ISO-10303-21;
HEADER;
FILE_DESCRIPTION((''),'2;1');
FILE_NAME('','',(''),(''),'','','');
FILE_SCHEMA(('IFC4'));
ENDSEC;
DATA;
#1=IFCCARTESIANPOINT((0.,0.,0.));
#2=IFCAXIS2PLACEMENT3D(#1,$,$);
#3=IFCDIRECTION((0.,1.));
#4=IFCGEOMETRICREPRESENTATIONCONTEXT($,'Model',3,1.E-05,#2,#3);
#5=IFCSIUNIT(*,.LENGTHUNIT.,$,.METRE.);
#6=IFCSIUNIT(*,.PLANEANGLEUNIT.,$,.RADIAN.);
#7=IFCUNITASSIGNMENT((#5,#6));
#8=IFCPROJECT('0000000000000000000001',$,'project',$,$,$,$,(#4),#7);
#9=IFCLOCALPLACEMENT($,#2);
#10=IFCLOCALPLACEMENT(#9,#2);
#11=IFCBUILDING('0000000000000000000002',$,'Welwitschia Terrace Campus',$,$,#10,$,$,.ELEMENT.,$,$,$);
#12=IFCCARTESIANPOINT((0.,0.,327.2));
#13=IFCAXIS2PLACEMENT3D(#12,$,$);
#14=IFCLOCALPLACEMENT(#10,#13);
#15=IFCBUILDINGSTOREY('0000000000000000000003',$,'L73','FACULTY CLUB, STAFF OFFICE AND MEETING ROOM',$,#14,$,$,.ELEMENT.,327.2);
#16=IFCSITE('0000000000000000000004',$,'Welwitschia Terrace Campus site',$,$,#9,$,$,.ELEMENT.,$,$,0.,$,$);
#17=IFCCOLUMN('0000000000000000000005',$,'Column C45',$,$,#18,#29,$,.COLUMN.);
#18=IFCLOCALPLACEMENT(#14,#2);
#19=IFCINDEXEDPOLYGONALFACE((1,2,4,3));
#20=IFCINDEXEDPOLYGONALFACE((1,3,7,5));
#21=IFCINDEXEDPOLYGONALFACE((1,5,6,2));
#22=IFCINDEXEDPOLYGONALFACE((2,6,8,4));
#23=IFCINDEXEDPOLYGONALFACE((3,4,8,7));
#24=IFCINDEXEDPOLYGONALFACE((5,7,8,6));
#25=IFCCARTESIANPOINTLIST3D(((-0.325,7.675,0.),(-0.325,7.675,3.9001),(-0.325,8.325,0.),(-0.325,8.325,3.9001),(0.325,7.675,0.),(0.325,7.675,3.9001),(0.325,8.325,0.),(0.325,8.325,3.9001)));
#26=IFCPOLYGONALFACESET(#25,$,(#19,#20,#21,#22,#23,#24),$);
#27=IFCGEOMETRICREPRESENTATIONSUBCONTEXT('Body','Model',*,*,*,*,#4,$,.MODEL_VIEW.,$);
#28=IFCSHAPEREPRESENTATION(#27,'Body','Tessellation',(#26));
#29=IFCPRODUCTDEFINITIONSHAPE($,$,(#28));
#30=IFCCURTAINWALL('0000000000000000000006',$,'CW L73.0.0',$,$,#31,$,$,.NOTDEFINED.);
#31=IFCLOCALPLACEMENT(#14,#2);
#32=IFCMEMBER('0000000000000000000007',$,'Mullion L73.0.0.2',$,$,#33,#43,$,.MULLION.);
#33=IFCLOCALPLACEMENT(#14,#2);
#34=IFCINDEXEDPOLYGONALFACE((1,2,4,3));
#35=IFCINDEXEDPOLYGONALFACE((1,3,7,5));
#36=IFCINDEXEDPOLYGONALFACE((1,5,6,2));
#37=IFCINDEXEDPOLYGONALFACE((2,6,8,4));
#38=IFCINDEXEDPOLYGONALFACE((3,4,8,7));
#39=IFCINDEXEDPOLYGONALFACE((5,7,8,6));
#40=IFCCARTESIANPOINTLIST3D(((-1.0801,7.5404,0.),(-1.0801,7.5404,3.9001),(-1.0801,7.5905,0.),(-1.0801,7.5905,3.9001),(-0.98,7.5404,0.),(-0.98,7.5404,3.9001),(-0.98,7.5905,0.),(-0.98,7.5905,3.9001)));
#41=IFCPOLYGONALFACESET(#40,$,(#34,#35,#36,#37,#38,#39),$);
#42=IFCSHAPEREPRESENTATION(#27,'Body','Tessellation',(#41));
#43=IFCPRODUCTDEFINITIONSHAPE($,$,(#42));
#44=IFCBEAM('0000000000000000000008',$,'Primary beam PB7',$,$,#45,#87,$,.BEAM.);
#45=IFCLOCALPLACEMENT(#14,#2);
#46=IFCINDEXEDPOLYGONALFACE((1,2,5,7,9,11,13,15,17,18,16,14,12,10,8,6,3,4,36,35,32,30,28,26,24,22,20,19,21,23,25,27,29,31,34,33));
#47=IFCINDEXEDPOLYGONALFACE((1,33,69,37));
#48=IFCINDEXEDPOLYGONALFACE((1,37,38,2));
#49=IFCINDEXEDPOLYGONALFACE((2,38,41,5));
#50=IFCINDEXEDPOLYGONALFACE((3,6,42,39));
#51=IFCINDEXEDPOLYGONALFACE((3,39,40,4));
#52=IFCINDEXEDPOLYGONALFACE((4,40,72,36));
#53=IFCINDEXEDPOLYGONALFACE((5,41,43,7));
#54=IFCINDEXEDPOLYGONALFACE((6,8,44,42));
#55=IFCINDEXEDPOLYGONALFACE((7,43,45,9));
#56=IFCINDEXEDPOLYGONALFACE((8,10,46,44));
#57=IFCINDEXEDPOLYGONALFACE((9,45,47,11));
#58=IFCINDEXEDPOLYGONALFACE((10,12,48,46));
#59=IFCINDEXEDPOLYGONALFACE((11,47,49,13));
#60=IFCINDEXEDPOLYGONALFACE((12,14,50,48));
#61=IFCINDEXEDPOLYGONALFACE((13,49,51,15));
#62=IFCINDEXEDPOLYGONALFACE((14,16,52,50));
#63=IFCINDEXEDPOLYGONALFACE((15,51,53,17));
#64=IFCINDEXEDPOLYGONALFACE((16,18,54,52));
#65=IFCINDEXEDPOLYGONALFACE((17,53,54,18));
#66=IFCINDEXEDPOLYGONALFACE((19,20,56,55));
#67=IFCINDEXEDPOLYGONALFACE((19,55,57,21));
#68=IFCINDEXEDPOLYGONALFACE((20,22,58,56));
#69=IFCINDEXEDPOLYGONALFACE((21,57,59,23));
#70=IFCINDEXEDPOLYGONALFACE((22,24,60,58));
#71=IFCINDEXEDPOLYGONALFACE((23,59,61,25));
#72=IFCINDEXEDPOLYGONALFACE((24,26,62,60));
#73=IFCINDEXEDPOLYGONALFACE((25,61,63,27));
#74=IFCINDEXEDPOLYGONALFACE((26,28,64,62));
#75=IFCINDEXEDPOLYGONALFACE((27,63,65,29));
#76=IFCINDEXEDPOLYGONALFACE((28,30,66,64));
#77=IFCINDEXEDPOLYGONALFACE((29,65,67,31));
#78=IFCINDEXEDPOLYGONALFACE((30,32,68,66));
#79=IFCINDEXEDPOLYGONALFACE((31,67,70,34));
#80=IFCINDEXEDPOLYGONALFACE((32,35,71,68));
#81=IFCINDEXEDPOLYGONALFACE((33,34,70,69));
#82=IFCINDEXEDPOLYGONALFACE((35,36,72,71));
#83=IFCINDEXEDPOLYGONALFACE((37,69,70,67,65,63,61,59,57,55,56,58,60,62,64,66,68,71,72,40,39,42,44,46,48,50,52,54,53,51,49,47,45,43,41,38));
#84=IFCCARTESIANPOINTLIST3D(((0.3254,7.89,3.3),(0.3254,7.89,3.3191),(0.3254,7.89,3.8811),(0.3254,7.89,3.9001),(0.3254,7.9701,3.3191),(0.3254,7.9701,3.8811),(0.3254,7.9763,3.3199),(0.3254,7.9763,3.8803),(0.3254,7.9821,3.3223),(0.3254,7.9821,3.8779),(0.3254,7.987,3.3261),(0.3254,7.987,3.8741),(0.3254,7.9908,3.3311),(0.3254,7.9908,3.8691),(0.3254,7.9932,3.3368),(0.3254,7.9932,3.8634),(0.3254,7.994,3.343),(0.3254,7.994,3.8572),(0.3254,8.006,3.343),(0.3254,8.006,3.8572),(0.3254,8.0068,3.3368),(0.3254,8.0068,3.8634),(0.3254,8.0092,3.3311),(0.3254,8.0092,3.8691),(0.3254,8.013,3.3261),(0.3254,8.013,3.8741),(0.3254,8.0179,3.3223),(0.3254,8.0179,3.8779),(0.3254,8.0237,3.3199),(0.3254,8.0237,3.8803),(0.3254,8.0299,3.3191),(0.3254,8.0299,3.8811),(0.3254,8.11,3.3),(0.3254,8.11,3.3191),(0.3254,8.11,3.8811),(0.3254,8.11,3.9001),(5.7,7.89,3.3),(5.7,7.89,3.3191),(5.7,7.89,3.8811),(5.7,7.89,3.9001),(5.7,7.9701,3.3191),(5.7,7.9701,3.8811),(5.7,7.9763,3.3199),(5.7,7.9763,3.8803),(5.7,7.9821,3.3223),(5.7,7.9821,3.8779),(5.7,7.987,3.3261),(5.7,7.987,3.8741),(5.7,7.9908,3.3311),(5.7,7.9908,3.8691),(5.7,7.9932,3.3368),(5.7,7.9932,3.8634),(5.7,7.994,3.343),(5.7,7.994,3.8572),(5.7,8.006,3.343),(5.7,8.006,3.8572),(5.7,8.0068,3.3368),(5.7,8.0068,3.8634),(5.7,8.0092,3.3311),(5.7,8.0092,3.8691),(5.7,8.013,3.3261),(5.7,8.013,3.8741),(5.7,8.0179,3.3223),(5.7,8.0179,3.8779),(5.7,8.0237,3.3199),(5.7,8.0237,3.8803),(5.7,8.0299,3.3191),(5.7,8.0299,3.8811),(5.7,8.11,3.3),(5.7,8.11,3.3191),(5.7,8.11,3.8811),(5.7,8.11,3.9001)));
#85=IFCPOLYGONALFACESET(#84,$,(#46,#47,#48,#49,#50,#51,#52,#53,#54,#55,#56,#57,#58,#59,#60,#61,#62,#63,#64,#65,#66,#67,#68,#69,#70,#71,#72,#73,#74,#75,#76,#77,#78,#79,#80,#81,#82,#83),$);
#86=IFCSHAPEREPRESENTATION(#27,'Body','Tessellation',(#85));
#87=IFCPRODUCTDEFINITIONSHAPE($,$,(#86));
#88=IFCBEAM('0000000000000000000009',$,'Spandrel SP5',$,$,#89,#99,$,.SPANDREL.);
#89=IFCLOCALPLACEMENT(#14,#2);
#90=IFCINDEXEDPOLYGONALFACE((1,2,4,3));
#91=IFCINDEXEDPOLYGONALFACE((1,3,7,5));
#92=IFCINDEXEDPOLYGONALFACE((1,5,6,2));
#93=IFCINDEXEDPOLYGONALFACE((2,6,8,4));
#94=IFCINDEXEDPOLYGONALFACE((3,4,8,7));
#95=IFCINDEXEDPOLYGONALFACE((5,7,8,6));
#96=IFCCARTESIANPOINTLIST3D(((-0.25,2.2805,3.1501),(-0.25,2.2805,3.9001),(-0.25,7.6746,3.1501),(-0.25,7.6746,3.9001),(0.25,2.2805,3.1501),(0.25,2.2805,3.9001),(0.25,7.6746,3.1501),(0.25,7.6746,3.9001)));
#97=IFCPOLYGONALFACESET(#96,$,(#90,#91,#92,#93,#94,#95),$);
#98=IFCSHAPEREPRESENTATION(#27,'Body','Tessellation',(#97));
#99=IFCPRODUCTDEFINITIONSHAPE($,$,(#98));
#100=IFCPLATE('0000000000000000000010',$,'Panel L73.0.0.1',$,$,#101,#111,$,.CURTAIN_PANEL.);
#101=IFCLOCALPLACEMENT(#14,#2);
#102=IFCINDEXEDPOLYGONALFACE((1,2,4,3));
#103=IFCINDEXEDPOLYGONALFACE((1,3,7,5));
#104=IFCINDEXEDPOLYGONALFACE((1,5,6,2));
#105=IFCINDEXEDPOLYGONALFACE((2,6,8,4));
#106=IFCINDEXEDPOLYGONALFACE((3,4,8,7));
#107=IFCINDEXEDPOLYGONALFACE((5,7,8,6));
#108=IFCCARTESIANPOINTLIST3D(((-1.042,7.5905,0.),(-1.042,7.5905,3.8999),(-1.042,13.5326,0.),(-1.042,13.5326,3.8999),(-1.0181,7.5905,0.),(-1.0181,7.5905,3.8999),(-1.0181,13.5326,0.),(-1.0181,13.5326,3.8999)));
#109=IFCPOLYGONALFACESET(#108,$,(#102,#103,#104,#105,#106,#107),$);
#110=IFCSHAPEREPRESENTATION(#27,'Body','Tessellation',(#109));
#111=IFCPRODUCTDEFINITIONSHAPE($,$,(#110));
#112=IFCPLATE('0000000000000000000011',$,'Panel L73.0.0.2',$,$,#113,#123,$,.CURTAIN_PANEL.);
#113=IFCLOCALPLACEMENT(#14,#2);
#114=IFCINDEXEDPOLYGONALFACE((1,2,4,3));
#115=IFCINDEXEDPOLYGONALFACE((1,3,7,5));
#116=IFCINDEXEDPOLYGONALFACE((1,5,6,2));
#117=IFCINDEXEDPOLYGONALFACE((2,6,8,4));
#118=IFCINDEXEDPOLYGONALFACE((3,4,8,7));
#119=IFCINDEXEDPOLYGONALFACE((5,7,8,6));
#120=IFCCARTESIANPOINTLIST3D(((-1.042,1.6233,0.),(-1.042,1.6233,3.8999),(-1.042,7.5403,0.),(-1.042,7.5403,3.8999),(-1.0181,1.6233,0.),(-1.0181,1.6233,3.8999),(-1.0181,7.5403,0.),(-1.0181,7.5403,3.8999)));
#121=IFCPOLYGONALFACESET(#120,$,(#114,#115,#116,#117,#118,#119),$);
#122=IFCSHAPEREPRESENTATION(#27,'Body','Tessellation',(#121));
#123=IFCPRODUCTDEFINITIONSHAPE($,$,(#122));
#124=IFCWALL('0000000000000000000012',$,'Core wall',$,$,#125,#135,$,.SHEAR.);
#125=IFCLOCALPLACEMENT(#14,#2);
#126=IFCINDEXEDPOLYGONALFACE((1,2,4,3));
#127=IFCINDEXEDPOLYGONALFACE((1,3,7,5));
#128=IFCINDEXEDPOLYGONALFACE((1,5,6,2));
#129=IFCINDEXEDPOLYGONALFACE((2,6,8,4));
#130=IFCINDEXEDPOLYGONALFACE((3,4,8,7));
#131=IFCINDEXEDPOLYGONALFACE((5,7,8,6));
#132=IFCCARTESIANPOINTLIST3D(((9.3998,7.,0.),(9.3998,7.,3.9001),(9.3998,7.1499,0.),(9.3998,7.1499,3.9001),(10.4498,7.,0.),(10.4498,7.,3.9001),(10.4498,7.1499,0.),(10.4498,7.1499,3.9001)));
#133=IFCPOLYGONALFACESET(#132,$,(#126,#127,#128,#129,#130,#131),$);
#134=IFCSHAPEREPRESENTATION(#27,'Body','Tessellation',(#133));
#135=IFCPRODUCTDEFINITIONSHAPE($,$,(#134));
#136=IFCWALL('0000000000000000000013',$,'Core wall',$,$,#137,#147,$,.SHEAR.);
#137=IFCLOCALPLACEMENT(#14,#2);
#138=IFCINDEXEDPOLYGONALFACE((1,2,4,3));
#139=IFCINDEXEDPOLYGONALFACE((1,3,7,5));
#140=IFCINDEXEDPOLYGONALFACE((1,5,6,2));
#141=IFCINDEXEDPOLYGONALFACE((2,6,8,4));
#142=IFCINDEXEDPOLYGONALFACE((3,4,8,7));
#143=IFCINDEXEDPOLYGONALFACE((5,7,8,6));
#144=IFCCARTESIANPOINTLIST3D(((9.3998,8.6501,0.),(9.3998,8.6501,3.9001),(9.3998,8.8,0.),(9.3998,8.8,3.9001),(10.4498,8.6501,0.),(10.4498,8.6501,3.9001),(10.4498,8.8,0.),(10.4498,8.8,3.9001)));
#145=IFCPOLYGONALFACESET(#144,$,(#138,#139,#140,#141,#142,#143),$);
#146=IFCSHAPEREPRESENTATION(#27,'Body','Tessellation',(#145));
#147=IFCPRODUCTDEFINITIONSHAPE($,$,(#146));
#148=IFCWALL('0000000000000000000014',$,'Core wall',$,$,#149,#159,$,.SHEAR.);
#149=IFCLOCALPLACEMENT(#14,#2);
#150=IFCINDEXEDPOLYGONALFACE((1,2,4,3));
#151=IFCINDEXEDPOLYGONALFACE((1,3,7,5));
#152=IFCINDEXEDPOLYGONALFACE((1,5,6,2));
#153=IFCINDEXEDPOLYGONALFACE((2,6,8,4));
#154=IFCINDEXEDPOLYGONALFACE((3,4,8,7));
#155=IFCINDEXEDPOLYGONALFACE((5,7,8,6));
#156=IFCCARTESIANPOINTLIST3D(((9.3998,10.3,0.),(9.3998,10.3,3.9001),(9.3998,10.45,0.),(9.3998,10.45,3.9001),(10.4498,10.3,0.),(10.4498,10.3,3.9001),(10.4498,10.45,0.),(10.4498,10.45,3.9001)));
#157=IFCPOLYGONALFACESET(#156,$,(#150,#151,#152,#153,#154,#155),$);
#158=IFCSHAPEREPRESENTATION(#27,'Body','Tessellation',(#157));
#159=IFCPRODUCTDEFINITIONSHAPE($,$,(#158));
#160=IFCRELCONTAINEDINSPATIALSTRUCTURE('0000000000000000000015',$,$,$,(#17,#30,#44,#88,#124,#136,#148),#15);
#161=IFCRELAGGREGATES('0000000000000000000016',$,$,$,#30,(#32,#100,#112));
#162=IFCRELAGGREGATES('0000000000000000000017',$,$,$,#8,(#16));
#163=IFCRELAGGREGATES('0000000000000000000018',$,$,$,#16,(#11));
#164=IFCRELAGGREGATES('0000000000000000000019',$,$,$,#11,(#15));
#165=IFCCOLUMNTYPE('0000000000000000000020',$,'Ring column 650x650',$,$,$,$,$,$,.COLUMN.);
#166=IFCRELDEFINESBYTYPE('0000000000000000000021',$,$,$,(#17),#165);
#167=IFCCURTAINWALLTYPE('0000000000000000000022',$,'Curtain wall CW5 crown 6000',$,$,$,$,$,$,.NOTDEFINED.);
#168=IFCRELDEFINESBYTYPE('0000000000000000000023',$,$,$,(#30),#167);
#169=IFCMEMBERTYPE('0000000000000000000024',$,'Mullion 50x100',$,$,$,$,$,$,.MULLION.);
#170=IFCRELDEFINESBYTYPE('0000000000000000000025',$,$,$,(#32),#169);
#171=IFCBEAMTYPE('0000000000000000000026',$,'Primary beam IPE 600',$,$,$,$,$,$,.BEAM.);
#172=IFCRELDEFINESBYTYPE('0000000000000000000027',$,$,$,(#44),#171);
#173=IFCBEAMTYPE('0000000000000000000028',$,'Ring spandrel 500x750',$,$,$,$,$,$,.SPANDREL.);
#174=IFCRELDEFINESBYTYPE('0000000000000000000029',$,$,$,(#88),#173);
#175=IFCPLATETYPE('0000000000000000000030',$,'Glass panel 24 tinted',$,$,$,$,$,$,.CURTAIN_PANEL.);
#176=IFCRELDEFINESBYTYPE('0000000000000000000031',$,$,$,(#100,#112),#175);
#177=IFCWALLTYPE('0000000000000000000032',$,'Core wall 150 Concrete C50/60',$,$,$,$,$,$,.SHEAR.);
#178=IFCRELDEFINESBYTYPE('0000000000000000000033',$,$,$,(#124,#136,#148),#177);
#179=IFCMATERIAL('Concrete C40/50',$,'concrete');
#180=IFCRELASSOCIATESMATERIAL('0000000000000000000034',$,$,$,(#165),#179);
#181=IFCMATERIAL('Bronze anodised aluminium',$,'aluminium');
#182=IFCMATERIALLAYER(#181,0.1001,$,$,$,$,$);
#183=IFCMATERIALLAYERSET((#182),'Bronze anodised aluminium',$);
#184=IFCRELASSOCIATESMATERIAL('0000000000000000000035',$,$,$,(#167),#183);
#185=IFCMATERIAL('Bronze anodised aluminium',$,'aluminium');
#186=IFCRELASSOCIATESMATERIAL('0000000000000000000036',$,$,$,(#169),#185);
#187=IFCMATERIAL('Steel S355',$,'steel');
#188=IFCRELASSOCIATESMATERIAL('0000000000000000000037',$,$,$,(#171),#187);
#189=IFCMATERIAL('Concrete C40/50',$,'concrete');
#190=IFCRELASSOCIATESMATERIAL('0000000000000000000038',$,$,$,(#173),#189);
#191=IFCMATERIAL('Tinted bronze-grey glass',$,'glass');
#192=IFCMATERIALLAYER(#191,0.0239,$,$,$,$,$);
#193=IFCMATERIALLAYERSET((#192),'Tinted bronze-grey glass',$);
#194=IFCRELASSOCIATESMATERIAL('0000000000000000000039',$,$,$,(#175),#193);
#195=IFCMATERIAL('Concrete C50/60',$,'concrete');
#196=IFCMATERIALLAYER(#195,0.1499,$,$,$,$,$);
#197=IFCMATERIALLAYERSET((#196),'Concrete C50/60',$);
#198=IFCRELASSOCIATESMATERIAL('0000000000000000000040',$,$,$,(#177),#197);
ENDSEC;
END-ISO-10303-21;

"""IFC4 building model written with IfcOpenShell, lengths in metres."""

from ifc_helpers import new_model, si_unit, direction, frame, frame_2d, origin, origin_2d, place, context, subcontext, project, spatial, rectangle, i_section, extrude, material, layer, layer_set, material_profile, profile_set, type_object, element, aggregate, save


model = new_model("IFC4")

# Units and contexts
model_context = context("Model", 3, precision=1e-05, world=origin(), true_north=direction((0.0, 1.0)))
body_context = subcontext(model_context, "Body", "Model", "MODEL_VIEW")
ifc_project = project(units=[si_unit("LENGTHUNIT", "METRE"), si_unit("PLANEANGLEUNIT", "RADIAN")], contexts=[model_context])

# Site, building, storey
site_placement = place(None, origin())
site = spatial("IfcSite", under=ifc_project, at=site_placement, Name="Welwitschia Terrace Campus site", CompositionType="ELEMENT", RefElevation=0.0)
building_placement = place(site_placement, origin())
building = spatial("IfcBuilding", under=site, at=building_placement, Name="Welwitschia Terrace Campus", CompositionType="ELEMENT")
storey_placement = place(building_placement, frame((0.0, 0.0, 327.2)))
storey = spatial("IfcBuildingStorey", under=building, at=storey_placement, Name="L73", Description="FACULTY CLUB, STAFF OFFICE AND MEETING ROOM", CompositionType="ELEMENT", Elevation=327.2)

# Column
ifc_material_1 = material(Name="Concrete C40/50", Category="concrete")
ifc_material_profile_1 = material_profile(ifc_material_1, rectangle(XDim=0.6499, YDim=0.6499, at=origin_2d()))
ifc_profile_set_1 = profile_set([ifc_material_profile_1], Name="Concrete C40/50")
column_type = type_object("IfcColumnType", Name="Ring column 650x650", PredefinedType="COLUMN", material=ifc_profile_set_1)
column_placement = place(storey_placement, frame((0.0, 8.0, 0.0), z_axis=(0.0, 0.0, 1.0), x_axis=(1.0, 0.0, 0.0)))
element("IfcColumn", 1, at=column_placement, inside=storey, type_object=column_type, Name="Column C45", PredefinedType="COLUMN", context=body_context, shape_type="SweptSolid", body=[
    extrude(rectangle(XDim=0.6499, YDim=0.6499, at=origin_2d()), origin(), (0.0, 0.0, 1.0), 3.9001),
])

# Curtain wall, member
ifc_material_2 = material(Name="Bronze anodised aluminium", Category="aluminium")
ifc_layer_1 = layer(ifc_material_2, 0.1001)
ifc_layer_set_1 = layer_set([ifc_layer_1], Name="Bronze anodised aluminium")
curtain_wall_type = type_object("IfcCurtainWallType", Name="Curtain wall CW5 crown 6000", PredefinedType="NOTDEFINED", material=ifc_layer_set_1)
curtain_wall_placement = place(storey_placement, origin())
curtain_wall = element("IfcCurtainWall", 2, at=curtain_wall_placement, inside=storey, type_object=curtain_wall_type, Name="CW L73.0.0", PredefinedType="NOTDEFINED")
ifc_material_3 = material(Name="Bronze anodised aluminium", Category="aluminium")
ifc_material_profile_2 = material_profile(ifc_material_3, rectangle(XDim=0.1001, YDim=0.05, at=origin_2d()))
ifc_profile_set_2 = profile_set([ifc_material_profile_2], Name="Bronze anodised aluminium")
member_type = type_object("IfcMemberType", Name="Mullion 50x100", PredefinedType="MULLION", material=ifc_profile_set_2)
member_placement = place(storey_placement, frame((-1.03, 7.5654, 0.0), z_axis=(0.0, 0.0, 1.0), x_axis=(1.0, 0.0, 0.0)))
member = element("IfcMember", 3, at=member_placement, type_object=member_type, Name="Mullion L73.0.0.2", PredefinedType="MULLION", context=body_context, shape_type="SweptSolid", body=[
    extrude(rectangle(XDim=0.1001, YDim=0.05, at=origin_2d()), origin(), (0.0, 0.0, 1.0), 3.9001),
])

# Beams
ifc_material_4 = material(Name="Steel S355", Category="steel")
ifc_material_profile_3 = material_profile(ifc_material_4, i_section(OverallWidth=0.22, OverallDepth=0.6001, WebThickness=0.012, FlangeThickness=0.019, FilletRadius=0.0239, at=origin_2d()))
ifc_profile_set_3 = profile_set([ifc_material_profile_3], Name="Steel S355")
beam_type_1 = type_object("IfcBeamType", Name="Primary beam IPE 600", PredefinedType="BEAM", material=ifc_profile_set_3)
beam_1_placement = place(storey_placement, frame((0.3254, 8.0, 3.6001), z_axis=(1.0, 0.0, 0.0), x_axis=(0.0, 1.0, 0.0)))
element("IfcBeam", 4, at=beam_1_placement, inside=storey, type_object=beam_type_1, Name="Primary beam PB7", PredefinedType="BEAM", context=body_context, shape_type="SweptSolid", body=[
    extrude(i_section(OverallWidth=0.22, OverallDepth=0.6001, WebThickness=0.012, FlangeThickness=0.019, FilletRadius=0.0239, at=origin_2d()), origin(), (0.0, 0.0, 1.0), 5.3745),
])
ifc_material_5 = material(Name="Concrete C40/50", Category="concrete")
ifc_material_profile_4 = material_profile(ifc_material_5, rectangle(XDim=0.5, YDim=0.75, at=origin_2d()))
ifc_profile_set_4 = profile_set([ifc_material_profile_4], Name="Concrete C40/50")
beam_type_2 = type_object("IfcBeamType", Name="Ring spandrel 500x750", PredefinedType="SPANDREL", material=ifc_profile_set_4)
beam_2_placement = place(storey_placement, frame((0.0, 7.6746, 3.5251), z_axis=(0.0, -1.0, 0.0), x_axis=(1.0, 0.0, 0.0)))
element("IfcBeam", 5, at=beam_2_placement, inside=storey, type_object=beam_type_2, Name="Spandrel SP5", PredefinedType="SPANDREL", context=body_context, shape_type="SweptSolid", body=[
    extrude(rectangle(XDim=0.5, YDim=0.75, at=origin_2d()), origin(), (0.0, 0.0, 1.0), 5.394),
])

# Plates
ifc_material_6 = material(Name="Tinted bronze-grey glass", Category="glass")
ifc_layer_2 = layer(ifc_material_6, 0.0239)
ifc_layer_set_2 = layer_set([ifc_layer_2], Name="Tinted bronze-grey glass")
plate_type = type_object("IfcPlateType", Name="Glass panel 24 tinted", PredefinedType="CURTAIN_PANEL", material=ifc_layer_set_2)
plate_1_placement = place(storey_placement, frame((-1.03, 10.5615, 0.0), z_axis=(0.0, 0.0, 1.0), x_axis=(0.0, -1.0, 0.0)))
plate_1 = element("IfcPlate", 6, at=plate_1_placement, type_object=plate_type, Name="Panel L73.0.0.1", PredefinedType="CURTAIN_PANEL", context=body_context, shape_type="SweptSolid", body=[
    extrude(rectangle(XDim=5.9421, YDim=0.0239, at=origin_2d()), origin(), (0.0, 0.0, 1.0), 3.8999),
])
plate_2_placement = place(storey_placement, frame((-1.03, 4.5818, 0.0), z_axis=(0.0, 0.0, 1.0), x_axis=(0.0, -1.0, 0.0)))
plate_2 = element("IfcPlate", 7, at=plate_2_placement, type_object=plate_type, Name="Panel L73.0.0.2", PredefinedType="CURTAIN_PANEL", context=body_context, shape_type="SweptSolid", body=[
    extrude(rectangle(XDim=5.917, YDim=0.0239, at=origin_2d()), origin(), (0.0, 0.0, 1.0), 3.8999),
])
aggregate(curtain_wall, [member, plate_1, plate_2])

# Walls
ifc_material_7 = material(Name="Concrete C50/60", Category="concrete")
ifc_layer_3 = layer(ifc_material_7, 0.1499)
ifc_layer_set_3 = layer_set([ifc_layer_3], Name="Concrete C50/60")
wall_type_1 = type_object("IfcWallType", Name="Core wall 150 Concrete C50/60", PredefinedType="SHEAR", material=ifc_layer_set_3)
for number, where, z_axis, x_axis, name in (
    (8, (9.3999, 7.075, 0.0), (0.0, 0.0, 1.0), (1.0, 0.0, 0.0), "Core wall"),
    (9, (9.3999, 8.7251, 0.0), (0.0, 0.0, 1.0), (1.0, 0.0, 0.0), "Core wall"),
    (10, (9.3999, 10.375, 0.0), (0.0, 0.0, 1.0), (1.0, 0.0, 0.0), "Core wall"),
):
    element("IfcWall", number, at=place(storey_placement, frame(where, z_axis=z_axis, x_axis=x_axis)), inside=storey, type_object=wall_type_1, Name=name, PredefinedType="SHEAR", context=body_context, shape_type="SweptSolid", body=[
        extrude(rectangle(XDim=1.05, YDim=0.1499, at=frame_2d((0.5249, 0.0))), origin(), (0.0, 0.0, 1.0), 3.9001),
    ])

save(model, "model.ifc")
